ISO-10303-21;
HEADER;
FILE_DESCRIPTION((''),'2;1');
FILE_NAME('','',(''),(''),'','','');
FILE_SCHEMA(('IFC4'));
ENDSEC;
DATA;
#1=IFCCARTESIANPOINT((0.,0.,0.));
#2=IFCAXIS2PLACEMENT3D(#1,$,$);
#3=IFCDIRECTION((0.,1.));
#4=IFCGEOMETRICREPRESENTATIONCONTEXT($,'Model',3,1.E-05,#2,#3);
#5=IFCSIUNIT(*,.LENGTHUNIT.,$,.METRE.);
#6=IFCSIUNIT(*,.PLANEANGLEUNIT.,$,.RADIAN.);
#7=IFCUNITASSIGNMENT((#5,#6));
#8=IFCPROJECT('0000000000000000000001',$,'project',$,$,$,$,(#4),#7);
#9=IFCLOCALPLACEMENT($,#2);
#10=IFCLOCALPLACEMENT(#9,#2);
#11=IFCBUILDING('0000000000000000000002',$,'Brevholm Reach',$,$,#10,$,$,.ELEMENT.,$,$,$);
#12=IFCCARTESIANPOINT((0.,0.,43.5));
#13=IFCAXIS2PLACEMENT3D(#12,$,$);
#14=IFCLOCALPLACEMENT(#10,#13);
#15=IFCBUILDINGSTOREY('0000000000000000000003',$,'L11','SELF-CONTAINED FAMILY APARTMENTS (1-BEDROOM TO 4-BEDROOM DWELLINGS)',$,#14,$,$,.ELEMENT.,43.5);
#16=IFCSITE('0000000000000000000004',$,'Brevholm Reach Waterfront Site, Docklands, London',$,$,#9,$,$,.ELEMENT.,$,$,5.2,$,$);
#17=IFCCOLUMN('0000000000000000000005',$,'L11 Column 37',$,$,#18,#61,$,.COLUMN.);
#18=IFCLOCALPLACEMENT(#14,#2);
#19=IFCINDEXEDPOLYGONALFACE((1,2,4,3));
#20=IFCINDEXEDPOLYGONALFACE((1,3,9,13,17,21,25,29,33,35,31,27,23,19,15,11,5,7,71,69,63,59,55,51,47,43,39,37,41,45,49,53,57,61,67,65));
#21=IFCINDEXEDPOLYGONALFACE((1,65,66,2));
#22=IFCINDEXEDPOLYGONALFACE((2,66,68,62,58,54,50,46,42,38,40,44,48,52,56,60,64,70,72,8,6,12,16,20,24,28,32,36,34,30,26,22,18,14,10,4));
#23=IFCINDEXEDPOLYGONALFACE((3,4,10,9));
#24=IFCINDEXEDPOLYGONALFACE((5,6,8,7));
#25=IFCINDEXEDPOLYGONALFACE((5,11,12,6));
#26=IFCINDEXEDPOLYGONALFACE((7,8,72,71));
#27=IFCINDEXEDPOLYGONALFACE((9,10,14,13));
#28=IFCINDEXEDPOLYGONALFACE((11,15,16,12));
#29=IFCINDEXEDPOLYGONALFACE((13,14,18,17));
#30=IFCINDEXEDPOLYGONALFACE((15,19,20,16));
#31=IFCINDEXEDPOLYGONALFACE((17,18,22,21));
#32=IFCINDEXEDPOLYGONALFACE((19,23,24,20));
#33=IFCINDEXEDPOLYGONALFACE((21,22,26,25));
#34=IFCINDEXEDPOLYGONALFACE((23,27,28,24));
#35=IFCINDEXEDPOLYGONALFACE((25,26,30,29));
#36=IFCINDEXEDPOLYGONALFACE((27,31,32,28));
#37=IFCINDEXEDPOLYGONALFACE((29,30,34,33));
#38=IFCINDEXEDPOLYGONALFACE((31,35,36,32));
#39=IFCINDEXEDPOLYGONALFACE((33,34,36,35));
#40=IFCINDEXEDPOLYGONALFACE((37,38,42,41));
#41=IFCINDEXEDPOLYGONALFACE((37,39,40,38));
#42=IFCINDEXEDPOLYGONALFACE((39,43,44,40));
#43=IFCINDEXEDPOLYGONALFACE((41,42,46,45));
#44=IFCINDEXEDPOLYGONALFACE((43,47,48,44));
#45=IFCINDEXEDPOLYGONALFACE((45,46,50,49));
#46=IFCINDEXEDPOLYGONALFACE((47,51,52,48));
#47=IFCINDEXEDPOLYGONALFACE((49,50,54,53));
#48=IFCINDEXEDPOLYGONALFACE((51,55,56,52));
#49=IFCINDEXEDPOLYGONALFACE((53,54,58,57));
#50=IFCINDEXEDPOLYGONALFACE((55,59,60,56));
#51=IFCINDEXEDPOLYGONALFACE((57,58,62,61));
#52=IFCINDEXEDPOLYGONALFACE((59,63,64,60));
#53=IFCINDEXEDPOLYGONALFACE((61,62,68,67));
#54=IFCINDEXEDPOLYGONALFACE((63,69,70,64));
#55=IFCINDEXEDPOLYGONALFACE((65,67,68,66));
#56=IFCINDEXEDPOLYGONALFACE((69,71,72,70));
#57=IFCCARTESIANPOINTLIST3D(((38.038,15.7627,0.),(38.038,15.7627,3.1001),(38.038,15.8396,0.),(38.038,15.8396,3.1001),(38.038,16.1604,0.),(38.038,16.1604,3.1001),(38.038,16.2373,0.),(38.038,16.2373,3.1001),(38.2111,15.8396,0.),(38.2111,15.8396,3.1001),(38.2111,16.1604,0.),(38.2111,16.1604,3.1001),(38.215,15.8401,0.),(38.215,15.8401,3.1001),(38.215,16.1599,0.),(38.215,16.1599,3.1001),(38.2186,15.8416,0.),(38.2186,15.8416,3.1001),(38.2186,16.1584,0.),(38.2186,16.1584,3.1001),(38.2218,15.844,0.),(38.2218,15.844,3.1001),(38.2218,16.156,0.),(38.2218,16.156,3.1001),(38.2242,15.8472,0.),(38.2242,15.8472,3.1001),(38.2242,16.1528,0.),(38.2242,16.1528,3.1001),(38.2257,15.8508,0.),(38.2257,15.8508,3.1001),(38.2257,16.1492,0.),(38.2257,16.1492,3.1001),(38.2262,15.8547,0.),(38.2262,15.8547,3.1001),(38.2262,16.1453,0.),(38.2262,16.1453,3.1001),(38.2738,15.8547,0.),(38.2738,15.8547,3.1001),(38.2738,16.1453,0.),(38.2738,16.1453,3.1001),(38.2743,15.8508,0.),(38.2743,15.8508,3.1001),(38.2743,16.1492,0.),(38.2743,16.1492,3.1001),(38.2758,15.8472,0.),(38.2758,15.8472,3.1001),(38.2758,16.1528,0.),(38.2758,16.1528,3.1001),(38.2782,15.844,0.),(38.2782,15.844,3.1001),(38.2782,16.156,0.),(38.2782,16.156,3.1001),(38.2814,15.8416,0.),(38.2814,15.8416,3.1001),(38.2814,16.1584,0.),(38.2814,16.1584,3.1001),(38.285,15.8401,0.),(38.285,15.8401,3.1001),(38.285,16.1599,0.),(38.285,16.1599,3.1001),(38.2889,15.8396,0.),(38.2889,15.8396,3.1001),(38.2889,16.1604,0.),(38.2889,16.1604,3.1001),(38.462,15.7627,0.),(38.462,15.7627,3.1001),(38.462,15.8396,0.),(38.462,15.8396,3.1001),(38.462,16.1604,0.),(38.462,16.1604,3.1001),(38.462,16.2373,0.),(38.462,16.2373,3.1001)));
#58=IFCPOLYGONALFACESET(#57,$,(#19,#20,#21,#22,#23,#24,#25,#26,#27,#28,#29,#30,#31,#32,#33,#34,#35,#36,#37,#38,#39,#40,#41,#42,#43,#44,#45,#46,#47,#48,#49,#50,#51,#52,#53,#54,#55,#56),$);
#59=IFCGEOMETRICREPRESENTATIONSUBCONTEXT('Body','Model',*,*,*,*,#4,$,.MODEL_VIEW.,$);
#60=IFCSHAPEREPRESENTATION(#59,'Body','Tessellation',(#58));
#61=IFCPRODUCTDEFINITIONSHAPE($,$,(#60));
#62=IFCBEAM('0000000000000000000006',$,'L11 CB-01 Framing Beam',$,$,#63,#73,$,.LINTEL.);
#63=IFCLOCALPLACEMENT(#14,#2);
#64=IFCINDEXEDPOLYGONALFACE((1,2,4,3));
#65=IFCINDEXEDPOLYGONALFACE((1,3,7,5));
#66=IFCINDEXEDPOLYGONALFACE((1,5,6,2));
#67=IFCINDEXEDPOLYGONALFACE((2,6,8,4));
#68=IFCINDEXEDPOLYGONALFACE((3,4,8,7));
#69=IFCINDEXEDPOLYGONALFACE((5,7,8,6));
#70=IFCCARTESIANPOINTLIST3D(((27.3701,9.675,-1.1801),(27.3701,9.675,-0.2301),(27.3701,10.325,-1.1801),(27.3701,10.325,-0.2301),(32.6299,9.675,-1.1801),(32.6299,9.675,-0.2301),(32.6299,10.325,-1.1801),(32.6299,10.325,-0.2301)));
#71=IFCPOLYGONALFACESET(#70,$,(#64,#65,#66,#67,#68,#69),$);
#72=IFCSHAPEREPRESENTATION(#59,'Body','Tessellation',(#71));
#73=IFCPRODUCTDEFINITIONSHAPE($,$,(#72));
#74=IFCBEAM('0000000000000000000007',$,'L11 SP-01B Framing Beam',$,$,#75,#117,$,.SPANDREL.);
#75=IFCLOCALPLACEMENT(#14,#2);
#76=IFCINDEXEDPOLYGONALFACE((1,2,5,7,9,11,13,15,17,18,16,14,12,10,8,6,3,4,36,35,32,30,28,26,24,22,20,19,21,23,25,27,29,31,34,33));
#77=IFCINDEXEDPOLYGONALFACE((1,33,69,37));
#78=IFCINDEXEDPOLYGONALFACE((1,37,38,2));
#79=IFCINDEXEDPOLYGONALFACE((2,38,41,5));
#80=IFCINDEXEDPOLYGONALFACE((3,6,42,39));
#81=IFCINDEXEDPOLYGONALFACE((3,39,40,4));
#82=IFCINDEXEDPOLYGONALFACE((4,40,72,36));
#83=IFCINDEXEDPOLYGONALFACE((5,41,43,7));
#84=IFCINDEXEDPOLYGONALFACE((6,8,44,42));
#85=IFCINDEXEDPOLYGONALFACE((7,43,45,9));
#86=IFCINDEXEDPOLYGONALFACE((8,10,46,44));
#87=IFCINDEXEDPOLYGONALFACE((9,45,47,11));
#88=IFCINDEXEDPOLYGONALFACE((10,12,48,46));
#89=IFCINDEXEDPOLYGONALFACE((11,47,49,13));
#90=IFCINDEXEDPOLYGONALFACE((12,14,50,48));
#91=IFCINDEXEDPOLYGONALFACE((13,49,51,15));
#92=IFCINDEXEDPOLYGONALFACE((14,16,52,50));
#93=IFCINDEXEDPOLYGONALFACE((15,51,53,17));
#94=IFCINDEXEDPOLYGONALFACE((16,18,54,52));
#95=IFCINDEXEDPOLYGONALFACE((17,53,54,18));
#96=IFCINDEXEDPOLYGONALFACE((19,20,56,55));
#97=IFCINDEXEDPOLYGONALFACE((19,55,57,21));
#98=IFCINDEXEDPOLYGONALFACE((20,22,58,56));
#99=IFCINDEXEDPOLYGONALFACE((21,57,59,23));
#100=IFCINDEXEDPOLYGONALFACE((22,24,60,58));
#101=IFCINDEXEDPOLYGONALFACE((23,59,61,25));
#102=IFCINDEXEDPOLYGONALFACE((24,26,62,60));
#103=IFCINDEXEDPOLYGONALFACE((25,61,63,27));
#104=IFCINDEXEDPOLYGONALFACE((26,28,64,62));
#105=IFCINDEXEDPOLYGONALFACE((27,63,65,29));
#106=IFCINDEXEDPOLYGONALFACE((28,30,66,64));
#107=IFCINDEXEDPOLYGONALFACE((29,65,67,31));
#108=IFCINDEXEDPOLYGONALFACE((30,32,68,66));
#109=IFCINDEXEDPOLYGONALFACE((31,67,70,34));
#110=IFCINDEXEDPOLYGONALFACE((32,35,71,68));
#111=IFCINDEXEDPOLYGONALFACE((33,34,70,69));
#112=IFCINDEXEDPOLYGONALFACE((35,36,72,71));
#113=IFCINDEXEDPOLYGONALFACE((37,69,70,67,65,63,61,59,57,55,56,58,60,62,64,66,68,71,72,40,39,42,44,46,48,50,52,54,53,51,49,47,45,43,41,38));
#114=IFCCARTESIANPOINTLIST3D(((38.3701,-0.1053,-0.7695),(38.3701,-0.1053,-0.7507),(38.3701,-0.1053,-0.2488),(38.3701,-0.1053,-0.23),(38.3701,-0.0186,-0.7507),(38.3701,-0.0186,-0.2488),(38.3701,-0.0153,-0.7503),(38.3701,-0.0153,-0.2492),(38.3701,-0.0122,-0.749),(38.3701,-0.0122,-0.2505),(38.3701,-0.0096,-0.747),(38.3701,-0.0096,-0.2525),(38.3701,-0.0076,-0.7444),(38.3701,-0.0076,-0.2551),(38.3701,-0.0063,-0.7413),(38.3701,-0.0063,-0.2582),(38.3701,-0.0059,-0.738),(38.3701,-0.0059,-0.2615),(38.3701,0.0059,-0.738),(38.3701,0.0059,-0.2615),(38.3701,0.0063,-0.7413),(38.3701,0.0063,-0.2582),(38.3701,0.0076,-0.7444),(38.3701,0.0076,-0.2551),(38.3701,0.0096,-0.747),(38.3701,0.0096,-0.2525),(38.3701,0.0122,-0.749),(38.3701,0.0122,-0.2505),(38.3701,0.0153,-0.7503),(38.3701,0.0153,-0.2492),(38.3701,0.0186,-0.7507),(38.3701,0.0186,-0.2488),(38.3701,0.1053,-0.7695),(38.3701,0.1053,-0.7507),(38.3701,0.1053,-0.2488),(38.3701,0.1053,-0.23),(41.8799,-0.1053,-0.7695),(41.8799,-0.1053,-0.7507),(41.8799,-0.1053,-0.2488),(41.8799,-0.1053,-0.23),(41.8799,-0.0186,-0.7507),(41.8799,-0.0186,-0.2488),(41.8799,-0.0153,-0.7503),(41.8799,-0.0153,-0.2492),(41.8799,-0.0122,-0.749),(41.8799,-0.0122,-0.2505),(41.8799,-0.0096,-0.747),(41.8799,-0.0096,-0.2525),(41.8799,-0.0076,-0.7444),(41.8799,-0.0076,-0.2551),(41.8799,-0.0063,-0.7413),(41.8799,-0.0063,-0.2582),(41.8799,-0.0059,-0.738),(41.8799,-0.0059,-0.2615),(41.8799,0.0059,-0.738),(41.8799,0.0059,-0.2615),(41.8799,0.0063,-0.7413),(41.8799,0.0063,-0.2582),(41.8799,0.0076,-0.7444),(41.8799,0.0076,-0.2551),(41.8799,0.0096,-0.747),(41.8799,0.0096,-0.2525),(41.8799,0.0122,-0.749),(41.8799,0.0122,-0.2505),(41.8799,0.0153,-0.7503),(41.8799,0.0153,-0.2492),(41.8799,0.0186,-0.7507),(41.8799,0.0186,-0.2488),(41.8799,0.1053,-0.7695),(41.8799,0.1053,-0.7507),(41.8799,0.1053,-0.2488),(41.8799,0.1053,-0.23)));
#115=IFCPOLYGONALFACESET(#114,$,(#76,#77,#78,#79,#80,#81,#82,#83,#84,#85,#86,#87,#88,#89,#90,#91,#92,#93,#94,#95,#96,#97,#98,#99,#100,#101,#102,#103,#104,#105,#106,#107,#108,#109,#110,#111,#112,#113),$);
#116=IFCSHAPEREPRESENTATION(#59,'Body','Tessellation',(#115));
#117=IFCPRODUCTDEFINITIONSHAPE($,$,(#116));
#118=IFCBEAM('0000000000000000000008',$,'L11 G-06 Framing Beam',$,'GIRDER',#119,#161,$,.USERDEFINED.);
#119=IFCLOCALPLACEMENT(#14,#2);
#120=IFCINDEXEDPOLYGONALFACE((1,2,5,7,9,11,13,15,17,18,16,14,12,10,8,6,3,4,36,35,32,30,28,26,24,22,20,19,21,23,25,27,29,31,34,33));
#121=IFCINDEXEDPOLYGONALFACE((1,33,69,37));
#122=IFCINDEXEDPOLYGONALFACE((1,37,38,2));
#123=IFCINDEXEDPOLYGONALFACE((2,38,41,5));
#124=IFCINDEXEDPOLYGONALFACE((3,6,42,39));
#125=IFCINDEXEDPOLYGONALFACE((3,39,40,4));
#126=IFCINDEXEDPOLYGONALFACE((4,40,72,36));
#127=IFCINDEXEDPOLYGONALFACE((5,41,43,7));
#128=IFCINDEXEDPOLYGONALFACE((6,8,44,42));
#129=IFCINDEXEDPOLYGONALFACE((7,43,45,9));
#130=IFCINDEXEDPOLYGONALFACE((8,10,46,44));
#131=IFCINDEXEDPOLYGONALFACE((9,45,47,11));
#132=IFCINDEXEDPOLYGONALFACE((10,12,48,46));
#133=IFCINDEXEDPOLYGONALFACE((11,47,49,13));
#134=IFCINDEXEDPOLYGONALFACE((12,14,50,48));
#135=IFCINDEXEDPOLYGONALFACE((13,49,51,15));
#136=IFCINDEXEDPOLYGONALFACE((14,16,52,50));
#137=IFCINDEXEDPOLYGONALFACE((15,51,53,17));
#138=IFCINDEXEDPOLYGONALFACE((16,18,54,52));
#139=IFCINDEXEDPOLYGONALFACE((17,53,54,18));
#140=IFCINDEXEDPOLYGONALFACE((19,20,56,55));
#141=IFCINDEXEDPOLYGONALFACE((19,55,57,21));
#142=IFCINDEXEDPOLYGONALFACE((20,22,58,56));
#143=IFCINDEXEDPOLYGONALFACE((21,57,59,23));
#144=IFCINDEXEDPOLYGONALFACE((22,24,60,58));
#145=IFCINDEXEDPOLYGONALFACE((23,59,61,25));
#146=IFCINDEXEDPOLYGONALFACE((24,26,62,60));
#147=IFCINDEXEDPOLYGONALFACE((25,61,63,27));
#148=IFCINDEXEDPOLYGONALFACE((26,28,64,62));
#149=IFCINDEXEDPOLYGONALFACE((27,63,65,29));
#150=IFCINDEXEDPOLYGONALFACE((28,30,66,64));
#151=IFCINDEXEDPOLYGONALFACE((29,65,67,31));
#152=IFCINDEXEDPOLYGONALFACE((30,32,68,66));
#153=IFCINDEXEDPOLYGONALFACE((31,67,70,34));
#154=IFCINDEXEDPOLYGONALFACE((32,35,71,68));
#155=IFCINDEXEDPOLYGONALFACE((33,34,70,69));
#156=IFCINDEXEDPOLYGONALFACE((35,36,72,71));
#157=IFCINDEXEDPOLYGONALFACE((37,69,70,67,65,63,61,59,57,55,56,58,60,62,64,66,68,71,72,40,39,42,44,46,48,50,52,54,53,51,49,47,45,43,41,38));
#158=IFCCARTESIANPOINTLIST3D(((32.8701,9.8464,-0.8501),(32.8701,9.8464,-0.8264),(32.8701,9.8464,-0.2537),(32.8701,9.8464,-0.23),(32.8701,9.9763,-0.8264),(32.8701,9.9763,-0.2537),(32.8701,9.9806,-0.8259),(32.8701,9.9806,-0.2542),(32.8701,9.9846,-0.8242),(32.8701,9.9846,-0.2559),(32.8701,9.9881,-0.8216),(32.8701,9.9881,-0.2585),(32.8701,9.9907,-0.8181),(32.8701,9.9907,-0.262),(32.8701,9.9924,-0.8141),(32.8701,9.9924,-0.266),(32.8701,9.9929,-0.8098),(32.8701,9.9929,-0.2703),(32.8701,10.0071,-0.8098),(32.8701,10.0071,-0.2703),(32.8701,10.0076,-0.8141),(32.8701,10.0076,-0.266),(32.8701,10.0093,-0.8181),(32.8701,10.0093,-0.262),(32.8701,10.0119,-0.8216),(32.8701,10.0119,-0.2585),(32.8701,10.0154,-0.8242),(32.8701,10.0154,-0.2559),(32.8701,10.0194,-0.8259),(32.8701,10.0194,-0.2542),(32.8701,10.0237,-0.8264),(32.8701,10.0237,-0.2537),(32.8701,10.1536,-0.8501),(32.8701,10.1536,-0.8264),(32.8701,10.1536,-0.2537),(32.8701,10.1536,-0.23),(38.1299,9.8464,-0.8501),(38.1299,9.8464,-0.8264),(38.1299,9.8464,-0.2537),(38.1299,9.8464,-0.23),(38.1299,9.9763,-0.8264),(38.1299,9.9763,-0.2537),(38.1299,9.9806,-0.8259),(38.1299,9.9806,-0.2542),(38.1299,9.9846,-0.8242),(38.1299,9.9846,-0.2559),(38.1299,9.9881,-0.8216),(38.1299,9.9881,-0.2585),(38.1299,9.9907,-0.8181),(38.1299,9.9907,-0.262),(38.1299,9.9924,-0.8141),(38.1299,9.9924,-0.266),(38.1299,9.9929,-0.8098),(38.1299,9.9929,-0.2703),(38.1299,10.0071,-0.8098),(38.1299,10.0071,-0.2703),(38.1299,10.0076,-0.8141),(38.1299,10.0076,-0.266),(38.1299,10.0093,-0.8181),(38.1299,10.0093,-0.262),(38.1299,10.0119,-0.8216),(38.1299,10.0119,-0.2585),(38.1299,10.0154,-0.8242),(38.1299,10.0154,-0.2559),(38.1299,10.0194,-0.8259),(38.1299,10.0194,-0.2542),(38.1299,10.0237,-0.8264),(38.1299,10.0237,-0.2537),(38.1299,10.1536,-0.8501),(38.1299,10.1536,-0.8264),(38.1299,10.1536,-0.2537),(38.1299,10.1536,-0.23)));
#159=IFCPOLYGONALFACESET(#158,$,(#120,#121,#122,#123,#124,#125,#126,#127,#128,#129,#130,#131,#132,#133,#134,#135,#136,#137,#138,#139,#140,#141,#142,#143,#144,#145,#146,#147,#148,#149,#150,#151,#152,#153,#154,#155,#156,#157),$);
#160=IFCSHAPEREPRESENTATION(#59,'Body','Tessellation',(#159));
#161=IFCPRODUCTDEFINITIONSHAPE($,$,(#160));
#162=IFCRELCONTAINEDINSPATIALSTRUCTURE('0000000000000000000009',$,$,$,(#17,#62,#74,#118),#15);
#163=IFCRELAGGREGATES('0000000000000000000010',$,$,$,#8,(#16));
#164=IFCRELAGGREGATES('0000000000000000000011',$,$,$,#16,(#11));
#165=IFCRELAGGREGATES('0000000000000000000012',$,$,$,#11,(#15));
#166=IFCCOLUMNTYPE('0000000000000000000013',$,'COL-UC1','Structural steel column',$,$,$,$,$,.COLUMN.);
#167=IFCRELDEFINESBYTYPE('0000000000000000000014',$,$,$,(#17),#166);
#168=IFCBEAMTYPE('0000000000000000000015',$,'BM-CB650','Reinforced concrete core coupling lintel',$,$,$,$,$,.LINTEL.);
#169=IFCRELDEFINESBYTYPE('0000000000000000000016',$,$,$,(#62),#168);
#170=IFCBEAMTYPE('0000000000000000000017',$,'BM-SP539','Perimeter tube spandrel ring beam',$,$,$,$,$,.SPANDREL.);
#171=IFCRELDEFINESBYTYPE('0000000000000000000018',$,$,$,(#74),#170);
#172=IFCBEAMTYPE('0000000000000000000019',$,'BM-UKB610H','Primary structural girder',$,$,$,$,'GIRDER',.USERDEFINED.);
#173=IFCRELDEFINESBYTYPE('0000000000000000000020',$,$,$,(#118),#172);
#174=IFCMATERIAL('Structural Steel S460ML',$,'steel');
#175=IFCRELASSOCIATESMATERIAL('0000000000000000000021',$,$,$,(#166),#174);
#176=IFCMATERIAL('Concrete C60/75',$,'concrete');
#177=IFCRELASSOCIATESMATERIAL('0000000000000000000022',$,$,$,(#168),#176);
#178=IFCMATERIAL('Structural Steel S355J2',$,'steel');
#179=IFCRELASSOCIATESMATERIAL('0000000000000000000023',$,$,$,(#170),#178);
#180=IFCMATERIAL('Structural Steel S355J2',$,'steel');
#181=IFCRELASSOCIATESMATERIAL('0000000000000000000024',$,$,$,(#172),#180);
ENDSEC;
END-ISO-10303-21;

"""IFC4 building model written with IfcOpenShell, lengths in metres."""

from ifc_helpers import new_model, si_unit, direction, frame, origin, origin_2d, place, context, subcontext, project, spatial, rectangle, i_section, extrude, material, material_profile, profile_set, type_object, element, save


model = new_model("IFC4")

# Units and contexts
model_context = context("Model", 3, precision=1e-05, world=origin(), true_north=direction((0.0, 1.0)))
body_context = subcontext(model_context, "Body", "Model", "MODEL_VIEW")
ifc_project = project(units=[si_unit("LENGTHUNIT", "METRE"), si_unit("PLANEANGLEUNIT", "RADIAN")], contexts=[model_context])

# Site, building, storey
site_placement = place(None, origin())
site = spatial("IfcSite", under=ifc_project, at=site_placement, Name="Brevholm Reach Waterfront Site, Docklands, London", CompositionType="ELEMENT", RefElevation=5.2)
building_placement = place(site_placement, origin())
building = spatial("IfcBuilding", under=site, at=building_placement, Name="Brevholm Reach", CompositionType="ELEMENT")
storey_placement = place(building_placement, frame((0.0, 0.0, 43.5)))
storey = spatial("IfcBuildingStorey", under=building, at=storey_placement, Name="L11", Description="SELF-CONTAINED FAMILY APARTMENTS (1-BEDROOM TO 4-BEDROOM DWELLINGS)", CompositionType="ELEMENT", Elevation=43.5)

# Column
ifc_material_1 = material(Name="Structural Steel S460ML", Category="steel")
ifc_material_profile_1 = material_profile(ifc_material_1, i_section(OverallWidth=0.4241, OverallDepth=0.4746, WebThickness=0.0476, FlangeThickness=0.0769, FilletRadius=0.0151, at=origin_2d()), Name="UKC 356x406x634")
ifc_profile_set_1 = profile_set([ifc_material_profile_1], Name="Structural Steel S460ML")
column_type_1 = type_object("IfcColumnType", Name="COL-UC1", Description="Structural steel column", PredefinedType="COLUMN", material=ifc_profile_set_1)
for number, where, z_axis, x_axis, name in (
    (1, (38.25, 16.0, 0.0), (0.0, 0.0, 1.0), (1.0, 0.0, 0.0), "L11 Column 37"),
):
    element("IfcColumn", number, at=place(storey_placement, frame(where, z_axis=z_axis, x_axis=x_axis)), inside=storey, type_object=column_type_1, Name=name, PredefinedType="COLUMN", context=body_context, shape_type="SweptSolid", body=[
        extrude(i_section(OverallWidth=0.4241, OverallDepth=0.4746, WebThickness=0.0476, FlangeThickness=0.0769, FilletRadius=0.0151, at=origin_2d()), origin(), (0.0, 0.0, 1.0), 3.1001),
    ])

# Beams
ifc_material_2 = material(Name="Concrete C60/75", Category="concrete")
ifc_material_profile_2 = material_profile(ifc_material_2, rectangle(XDim=0.6499, YDim=0.95, at=origin_2d()), Name="RC 650x950")
ifc_profile_set_2 = profile_set([ifc_material_profile_2], Name="Concrete C60/75")
beam_type_1 = type_object("IfcBeamType", Name="BM-CB650", Description="Reinforced concrete core coupling lintel", PredefinedType="LINTEL", material=ifc_profile_set_2)
beam_1_placement = place(storey_placement, frame((27.3701, 10.0, -0.7051), z_axis=(1.0, 0.0, 0.0), x_axis=(0.0, 1.0, 0.0)))
element("IfcBeam", 2, at=beam_1_placement, inside=storey, type_object=beam_type_1, Name="L11 CB-01 Framing Beam", PredefinedType="LINTEL", context=body_context, shape_type="SweptSolid", body=[
    extrude(rectangle(XDim=0.6499, YDim=0.95, at=origin_2d()), origin(), (0.0, 0.0, 1.0), 5.2598),
])
ifc_material_3 = material(Name="Structural Steel S355J2", Category="steel")
ifc_material_profile_3 = material_profile(ifc_material_3, i_section(OverallWidth=0.2107, OverallDepth=0.5396, WebThickness=0.0117, FlangeThickness=0.0188, FilletRadius=0.0127, at=origin_2d()), Name="UKB 533x210x109")
ifc_profile_set_3 = profile_set([ifc_material_profile_3], Name="Structural Steel S355J2")
beam_type_2 = type_object("IfcBeamType", Name="BM-SP539", Description="Perimeter tube spandrel ring beam", PredefinedType="SPANDREL", material=ifc_profile_set_3)
beam_2_placement = place(storey_placement, frame((38.3701, 0.0, -0.4998), z_axis=(1.0, 0.0, 0.0), x_axis=(0.0, 1.0, 0.0)))
element("IfcBeam", 3, at=beam_2_placement, inside=storey, type_object=beam_type_2, Name="L11 SP-01B Framing Beam", PredefinedType="SPANDREL", context=body_context, shape_type="SweptSolid", body=[
    extrude(i_section(OverallWidth=0.2107, OverallDepth=0.5396, WebThickness=0.0117, FlangeThickness=0.0188, FilletRadius=0.0127, at=origin_2d()), origin(), (0.0, 0.0, 1.0), 3.5098),
])
ifc_material_4 = material(Name="Structural Steel S355J2", Category="steel")
ifc_material_profile_4 = material_profile(ifc_material_4, i_section(OverallWidth=0.3071, OverallDepth=0.6201, WebThickness=0.0142, FlangeThickness=0.0237, FilletRadius=0.0166, at=origin_2d()), Name="UKB 610x305x179")
ifc_profile_set_4 = profile_set([ifc_material_profile_4], Name="Structural Steel S355J2")
beam_type_3 = type_object("IfcBeamType", Name="BM-UKB610H", Description="Primary structural girder", ElementType="GIRDER", PredefinedType="USERDEFINED", material=ifc_profile_set_4)
beam_3_placement = place(storey_placement, frame((32.8701, 10.0, -0.54), z_axis=(1.0, 0.0, 0.0), x_axis=(0.0, 1.0, 0.0)))
element("IfcBeam", 4, at=beam_3_placement, inside=storey, type_object=beam_type_3, Name="L11 G-06 Framing Beam", ObjectType="GIRDER", PredefinedType="USERDEFINED", context=body_context, shape_type="SweptSolid", body=[
    extrude(i_section(OverallWidth=0.3071, OverallDepth=0.6201, WebThickness=0.0142, FlangeThickness=0.0237, FilletRadius=0.0166, at=origin_2d()), origin(), (0.0, 0.0, 1.0), 5.2598),
])

save(model, "model.ifc")
